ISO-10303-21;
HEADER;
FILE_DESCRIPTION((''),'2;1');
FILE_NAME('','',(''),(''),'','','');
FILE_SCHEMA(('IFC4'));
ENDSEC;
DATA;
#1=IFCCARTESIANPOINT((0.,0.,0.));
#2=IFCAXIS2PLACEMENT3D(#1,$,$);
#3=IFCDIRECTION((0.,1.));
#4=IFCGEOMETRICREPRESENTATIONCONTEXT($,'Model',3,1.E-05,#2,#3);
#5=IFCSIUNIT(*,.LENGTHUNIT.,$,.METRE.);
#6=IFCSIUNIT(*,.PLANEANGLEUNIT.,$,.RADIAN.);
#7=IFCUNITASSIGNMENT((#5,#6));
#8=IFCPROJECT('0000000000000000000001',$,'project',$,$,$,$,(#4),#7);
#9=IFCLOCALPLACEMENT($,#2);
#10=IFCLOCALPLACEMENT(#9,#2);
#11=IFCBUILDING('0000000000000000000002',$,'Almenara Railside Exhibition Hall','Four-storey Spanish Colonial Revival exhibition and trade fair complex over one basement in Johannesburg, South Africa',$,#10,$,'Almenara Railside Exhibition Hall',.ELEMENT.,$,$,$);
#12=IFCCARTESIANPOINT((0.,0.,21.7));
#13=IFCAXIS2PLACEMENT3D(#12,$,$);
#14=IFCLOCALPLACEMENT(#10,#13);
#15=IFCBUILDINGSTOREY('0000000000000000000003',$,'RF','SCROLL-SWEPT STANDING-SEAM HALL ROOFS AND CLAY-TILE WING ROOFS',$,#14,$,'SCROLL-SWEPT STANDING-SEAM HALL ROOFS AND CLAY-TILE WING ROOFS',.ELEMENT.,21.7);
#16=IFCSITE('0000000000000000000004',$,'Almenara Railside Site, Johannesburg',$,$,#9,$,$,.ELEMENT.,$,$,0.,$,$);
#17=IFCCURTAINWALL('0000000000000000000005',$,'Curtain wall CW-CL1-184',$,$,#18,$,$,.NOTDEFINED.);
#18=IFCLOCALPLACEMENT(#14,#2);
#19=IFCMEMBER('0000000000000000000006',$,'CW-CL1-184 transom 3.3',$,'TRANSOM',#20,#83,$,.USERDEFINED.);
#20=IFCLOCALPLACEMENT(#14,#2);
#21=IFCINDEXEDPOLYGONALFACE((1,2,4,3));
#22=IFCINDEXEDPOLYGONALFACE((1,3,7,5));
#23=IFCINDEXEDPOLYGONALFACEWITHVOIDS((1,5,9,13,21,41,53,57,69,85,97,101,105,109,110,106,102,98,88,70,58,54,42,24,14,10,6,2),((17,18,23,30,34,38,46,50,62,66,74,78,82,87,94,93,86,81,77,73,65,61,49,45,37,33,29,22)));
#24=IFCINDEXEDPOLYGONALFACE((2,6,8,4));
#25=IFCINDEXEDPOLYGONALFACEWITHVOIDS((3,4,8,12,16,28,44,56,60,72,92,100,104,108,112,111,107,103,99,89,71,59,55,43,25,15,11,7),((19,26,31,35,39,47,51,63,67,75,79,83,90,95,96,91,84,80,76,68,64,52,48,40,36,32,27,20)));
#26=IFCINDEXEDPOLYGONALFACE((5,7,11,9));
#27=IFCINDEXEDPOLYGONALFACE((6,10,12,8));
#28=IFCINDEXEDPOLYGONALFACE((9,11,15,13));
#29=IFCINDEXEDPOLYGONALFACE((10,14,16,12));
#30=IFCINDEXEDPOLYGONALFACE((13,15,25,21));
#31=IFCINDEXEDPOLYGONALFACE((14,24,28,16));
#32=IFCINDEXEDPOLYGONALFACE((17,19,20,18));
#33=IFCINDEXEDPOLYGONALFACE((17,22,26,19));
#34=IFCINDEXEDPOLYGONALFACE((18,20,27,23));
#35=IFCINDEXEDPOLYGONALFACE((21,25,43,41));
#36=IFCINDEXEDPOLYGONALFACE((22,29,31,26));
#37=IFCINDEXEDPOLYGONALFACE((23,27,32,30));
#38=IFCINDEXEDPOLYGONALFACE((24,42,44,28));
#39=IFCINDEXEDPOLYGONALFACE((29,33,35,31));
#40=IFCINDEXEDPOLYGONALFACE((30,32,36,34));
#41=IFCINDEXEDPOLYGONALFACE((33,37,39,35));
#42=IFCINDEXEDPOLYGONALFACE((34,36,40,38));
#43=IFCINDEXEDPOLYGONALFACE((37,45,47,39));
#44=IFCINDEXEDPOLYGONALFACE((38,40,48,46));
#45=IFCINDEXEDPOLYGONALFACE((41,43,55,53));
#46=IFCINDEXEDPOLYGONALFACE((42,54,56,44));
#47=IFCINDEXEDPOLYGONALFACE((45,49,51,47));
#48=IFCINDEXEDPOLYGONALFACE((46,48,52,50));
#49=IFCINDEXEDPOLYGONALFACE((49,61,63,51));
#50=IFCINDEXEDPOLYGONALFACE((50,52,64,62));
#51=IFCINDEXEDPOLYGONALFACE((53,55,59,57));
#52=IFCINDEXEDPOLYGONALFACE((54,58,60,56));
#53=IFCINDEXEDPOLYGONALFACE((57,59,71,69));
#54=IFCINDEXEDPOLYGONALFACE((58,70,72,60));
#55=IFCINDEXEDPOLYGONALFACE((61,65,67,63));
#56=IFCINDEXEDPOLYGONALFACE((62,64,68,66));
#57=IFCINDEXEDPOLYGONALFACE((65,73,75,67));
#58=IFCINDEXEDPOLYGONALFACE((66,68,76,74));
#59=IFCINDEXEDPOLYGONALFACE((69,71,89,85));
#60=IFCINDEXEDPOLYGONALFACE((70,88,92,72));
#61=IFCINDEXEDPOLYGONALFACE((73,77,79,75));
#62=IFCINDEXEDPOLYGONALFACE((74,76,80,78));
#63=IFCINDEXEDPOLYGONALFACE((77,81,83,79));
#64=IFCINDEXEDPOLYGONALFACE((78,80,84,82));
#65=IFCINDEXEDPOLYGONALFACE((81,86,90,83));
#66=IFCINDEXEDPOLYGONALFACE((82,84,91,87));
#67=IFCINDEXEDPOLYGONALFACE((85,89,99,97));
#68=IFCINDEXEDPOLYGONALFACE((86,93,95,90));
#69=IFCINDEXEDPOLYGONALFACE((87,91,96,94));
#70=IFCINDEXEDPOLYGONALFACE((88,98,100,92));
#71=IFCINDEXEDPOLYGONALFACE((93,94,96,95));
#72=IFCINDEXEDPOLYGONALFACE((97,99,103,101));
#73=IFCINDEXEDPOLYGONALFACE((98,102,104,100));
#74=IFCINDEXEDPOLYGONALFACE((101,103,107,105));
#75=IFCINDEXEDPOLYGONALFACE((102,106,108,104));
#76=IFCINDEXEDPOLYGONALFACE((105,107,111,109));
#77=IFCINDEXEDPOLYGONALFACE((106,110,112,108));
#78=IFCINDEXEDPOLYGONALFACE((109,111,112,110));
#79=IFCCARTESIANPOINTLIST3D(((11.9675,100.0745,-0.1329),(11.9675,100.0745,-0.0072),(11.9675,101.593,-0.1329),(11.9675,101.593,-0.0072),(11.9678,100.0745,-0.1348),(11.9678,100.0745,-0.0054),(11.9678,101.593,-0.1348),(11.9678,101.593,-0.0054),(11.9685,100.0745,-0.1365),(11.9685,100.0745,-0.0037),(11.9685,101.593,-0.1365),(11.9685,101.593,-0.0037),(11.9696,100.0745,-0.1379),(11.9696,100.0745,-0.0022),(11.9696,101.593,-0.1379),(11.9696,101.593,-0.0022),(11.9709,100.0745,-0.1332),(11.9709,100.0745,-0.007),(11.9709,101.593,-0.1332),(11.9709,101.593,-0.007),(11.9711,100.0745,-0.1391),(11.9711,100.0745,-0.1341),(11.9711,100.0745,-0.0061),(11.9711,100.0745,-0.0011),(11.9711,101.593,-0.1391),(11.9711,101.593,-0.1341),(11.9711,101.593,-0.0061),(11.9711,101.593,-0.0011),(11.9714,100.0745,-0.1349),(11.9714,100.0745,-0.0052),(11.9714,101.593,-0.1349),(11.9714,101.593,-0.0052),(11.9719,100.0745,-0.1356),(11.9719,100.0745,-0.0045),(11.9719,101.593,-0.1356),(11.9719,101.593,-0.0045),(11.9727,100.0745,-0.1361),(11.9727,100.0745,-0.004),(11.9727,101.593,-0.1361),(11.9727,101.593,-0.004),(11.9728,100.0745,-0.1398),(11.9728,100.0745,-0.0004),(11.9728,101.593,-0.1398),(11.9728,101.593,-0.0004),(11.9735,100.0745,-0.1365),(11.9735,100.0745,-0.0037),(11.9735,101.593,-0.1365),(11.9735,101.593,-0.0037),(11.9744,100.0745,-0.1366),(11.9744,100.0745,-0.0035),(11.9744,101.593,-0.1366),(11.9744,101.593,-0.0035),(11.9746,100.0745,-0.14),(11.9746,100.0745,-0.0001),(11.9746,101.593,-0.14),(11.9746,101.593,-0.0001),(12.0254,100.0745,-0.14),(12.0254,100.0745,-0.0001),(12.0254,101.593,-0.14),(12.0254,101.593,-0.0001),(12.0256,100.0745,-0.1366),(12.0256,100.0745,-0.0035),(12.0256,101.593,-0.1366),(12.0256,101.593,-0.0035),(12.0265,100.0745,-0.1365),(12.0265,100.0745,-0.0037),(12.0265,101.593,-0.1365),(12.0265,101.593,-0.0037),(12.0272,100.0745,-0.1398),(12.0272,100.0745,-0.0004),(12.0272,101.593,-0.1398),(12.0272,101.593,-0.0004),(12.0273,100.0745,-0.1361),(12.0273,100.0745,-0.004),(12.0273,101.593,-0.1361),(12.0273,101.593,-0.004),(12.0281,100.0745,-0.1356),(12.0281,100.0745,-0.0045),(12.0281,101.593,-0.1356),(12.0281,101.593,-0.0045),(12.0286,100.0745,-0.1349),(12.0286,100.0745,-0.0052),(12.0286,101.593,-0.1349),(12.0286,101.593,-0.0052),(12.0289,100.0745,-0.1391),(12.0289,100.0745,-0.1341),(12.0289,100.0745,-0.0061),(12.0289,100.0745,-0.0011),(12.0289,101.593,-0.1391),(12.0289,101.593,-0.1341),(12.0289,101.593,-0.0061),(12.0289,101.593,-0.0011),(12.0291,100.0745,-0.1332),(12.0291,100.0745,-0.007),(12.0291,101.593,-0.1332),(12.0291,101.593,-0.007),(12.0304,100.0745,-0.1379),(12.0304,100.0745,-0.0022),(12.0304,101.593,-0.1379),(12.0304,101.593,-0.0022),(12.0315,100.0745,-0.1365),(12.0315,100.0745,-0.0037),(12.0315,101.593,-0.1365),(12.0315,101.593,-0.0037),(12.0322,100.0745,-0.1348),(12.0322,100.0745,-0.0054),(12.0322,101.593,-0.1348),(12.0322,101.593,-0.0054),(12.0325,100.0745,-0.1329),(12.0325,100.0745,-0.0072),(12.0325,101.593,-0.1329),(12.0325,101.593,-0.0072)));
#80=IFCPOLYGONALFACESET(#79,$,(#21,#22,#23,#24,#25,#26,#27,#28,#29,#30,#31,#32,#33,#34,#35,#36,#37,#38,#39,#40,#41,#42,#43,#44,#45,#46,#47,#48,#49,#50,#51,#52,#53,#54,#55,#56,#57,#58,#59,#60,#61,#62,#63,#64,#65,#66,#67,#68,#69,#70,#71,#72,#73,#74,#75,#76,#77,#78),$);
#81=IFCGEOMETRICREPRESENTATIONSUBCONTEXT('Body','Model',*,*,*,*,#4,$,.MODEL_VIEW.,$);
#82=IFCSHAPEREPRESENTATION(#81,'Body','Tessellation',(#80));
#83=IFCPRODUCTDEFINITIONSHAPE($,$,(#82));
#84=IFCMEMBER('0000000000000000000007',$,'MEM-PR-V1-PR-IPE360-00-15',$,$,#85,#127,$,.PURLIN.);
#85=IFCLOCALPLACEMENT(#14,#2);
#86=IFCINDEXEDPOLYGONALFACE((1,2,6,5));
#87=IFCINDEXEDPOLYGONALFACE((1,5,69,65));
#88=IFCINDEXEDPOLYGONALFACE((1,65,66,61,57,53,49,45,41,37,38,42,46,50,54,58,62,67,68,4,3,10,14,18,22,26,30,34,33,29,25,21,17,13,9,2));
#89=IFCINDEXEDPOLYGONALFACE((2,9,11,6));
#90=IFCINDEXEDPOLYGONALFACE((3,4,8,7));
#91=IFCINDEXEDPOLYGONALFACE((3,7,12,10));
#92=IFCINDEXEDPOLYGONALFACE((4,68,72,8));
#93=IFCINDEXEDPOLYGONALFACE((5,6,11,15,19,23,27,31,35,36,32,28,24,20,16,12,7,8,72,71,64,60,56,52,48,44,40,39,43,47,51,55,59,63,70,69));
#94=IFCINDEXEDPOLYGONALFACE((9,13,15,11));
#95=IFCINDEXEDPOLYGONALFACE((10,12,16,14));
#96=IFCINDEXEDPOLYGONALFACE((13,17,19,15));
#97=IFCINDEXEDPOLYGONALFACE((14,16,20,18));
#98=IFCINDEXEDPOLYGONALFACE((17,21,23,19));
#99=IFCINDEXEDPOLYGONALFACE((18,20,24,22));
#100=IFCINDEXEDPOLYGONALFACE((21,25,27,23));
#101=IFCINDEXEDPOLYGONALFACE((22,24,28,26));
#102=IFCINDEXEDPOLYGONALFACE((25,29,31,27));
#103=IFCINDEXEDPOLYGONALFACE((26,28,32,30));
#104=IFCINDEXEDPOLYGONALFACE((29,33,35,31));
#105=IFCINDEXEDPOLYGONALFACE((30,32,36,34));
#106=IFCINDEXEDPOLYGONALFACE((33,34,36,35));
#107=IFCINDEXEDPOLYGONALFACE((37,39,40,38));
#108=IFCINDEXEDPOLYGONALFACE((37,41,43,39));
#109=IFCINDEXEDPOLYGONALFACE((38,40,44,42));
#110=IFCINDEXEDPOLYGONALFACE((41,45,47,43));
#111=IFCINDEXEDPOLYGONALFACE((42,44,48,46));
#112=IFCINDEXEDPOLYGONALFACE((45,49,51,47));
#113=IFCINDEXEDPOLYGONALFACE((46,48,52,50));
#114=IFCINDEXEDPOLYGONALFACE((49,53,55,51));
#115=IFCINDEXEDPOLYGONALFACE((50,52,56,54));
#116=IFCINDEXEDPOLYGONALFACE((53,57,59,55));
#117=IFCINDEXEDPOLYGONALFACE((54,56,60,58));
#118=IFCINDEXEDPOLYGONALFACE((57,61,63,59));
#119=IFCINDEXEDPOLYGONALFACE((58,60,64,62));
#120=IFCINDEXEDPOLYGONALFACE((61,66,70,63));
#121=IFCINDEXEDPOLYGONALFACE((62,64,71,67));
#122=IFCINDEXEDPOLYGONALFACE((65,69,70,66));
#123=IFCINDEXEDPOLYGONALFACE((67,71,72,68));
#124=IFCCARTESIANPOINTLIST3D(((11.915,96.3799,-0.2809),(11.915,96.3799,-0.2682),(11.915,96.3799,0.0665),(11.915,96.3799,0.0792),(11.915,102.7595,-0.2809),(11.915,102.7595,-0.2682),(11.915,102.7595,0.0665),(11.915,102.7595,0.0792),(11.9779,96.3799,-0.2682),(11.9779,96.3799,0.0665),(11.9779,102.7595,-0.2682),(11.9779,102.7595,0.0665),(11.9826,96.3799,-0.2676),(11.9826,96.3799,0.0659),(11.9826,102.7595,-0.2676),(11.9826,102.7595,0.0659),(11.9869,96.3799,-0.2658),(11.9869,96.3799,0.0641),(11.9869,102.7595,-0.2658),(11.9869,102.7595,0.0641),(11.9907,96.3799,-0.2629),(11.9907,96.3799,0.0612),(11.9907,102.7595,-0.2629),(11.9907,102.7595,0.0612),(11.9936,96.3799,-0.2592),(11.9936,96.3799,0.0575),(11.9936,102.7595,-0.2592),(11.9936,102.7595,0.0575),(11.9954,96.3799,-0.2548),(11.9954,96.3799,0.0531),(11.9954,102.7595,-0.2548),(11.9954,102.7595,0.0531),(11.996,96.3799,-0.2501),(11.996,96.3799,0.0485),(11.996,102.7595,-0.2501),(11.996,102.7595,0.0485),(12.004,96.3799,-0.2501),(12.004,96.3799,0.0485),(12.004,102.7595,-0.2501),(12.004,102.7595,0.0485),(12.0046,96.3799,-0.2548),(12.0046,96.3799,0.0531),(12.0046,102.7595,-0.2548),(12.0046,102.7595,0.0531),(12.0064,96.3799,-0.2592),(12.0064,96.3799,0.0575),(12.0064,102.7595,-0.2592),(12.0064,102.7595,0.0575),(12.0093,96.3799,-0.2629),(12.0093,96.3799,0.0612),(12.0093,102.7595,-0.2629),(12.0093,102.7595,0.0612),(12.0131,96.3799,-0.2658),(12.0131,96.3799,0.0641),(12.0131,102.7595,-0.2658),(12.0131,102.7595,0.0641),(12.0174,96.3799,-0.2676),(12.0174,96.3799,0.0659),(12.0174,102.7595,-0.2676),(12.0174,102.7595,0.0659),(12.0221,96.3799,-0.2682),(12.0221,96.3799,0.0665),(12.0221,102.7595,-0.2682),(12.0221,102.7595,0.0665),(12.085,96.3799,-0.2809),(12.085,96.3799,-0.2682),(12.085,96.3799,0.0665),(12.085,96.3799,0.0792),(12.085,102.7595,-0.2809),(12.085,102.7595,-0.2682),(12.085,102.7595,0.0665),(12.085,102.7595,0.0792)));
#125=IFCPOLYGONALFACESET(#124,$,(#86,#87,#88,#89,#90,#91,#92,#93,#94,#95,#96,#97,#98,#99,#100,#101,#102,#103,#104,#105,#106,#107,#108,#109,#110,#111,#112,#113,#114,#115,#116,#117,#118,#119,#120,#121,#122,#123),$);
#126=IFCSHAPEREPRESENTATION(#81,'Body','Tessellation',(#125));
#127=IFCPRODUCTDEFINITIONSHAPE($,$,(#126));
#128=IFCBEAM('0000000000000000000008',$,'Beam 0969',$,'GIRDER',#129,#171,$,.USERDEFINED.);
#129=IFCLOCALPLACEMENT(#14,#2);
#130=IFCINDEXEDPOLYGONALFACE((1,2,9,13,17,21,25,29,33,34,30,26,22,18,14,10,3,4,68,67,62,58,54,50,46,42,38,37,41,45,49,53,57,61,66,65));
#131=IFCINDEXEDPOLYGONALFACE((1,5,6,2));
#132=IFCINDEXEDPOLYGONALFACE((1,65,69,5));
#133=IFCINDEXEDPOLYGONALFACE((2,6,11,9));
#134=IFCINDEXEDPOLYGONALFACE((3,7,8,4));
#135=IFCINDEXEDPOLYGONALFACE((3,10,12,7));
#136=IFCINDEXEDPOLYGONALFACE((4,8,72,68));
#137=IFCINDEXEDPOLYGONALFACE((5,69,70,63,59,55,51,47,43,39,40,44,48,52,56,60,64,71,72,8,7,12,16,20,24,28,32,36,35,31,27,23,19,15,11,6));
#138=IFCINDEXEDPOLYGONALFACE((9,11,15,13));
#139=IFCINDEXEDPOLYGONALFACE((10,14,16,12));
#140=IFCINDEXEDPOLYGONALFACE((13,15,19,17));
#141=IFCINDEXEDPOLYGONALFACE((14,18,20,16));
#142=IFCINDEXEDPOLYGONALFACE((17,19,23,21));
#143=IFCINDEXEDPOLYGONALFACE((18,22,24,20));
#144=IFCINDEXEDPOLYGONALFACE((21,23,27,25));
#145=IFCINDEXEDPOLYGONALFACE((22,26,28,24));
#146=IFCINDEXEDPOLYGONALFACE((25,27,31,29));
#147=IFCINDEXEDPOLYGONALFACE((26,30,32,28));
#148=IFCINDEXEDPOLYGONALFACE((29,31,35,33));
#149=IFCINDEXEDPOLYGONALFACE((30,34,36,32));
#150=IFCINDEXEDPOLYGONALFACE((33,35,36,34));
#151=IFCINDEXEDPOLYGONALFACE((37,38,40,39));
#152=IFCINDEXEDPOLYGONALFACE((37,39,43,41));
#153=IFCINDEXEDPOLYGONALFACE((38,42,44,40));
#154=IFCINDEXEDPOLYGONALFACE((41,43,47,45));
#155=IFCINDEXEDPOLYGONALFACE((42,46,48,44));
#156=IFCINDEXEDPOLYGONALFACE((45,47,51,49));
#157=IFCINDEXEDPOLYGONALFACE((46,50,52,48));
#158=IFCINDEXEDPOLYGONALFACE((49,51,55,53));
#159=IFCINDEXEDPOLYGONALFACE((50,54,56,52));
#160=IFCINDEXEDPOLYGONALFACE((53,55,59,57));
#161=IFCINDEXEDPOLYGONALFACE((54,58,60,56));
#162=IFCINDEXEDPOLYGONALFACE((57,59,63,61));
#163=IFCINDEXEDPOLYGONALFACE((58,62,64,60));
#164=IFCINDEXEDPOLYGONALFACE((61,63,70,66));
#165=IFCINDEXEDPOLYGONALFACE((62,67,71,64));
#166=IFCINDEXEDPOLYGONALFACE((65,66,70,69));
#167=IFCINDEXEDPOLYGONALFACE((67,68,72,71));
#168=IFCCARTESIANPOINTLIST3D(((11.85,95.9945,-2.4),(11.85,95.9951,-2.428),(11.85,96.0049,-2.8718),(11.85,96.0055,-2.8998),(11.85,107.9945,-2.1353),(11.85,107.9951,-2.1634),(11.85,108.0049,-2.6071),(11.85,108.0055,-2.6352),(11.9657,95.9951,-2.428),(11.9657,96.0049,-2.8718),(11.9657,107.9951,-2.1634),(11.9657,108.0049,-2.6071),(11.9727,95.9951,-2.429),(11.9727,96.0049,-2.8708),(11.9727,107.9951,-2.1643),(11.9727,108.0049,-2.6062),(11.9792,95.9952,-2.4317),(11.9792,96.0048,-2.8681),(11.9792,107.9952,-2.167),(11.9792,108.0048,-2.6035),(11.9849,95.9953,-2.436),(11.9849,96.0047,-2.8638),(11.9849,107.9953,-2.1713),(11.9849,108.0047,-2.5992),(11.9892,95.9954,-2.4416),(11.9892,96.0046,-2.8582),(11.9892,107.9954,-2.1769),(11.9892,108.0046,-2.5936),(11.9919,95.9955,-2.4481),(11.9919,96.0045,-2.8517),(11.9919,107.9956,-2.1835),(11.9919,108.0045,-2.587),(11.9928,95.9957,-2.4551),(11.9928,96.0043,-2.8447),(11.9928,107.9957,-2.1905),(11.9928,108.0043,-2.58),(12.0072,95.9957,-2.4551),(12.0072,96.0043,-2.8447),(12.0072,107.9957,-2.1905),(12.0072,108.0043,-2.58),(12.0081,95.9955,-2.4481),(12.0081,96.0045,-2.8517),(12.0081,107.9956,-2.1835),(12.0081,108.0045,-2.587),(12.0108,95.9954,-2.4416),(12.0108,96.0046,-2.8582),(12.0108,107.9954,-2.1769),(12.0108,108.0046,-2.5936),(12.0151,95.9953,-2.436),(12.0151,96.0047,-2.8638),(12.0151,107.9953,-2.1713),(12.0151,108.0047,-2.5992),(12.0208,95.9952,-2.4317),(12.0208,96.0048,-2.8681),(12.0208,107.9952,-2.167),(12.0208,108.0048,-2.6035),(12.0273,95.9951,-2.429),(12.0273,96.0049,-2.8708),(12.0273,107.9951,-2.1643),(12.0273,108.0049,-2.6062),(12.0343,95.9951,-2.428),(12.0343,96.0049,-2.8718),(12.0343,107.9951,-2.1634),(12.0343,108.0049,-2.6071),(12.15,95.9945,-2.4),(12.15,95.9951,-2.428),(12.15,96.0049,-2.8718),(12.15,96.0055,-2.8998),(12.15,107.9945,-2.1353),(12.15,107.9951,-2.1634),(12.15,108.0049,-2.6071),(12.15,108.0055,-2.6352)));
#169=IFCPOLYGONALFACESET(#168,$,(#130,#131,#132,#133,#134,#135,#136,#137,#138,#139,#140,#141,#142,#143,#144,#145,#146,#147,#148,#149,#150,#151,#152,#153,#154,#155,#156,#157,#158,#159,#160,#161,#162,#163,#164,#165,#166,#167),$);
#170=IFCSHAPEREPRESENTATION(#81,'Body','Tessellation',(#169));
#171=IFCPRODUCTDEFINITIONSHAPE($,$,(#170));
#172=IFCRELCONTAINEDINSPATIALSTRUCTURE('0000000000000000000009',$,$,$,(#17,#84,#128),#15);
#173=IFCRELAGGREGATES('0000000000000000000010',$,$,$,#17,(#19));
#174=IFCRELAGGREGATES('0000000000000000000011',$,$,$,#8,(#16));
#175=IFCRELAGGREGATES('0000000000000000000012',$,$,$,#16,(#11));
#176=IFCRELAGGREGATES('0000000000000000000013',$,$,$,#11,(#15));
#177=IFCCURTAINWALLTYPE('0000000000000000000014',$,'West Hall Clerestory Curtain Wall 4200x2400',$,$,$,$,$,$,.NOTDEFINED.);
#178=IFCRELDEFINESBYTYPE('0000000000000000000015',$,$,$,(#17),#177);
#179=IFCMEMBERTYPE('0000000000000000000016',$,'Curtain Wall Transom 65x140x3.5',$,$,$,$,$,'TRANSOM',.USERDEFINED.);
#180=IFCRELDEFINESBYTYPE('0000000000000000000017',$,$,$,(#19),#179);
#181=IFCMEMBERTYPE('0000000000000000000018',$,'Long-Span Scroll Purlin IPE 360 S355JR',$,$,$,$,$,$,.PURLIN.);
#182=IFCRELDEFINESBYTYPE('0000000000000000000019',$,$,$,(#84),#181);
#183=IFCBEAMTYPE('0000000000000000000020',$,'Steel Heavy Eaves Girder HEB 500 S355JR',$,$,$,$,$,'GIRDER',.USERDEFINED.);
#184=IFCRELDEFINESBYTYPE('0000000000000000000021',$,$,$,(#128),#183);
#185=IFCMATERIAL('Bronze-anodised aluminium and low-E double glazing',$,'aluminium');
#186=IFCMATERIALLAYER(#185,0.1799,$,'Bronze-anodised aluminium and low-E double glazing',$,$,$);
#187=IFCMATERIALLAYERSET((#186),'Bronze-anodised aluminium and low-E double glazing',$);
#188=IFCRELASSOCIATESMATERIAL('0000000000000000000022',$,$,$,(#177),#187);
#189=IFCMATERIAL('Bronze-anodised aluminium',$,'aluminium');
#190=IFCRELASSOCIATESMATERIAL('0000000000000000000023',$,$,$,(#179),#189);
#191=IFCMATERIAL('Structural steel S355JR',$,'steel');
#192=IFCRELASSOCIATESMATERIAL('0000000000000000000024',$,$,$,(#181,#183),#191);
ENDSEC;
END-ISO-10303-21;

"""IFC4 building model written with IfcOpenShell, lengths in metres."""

from ifc_helpers import new_model, si_unit, direction, frame, origin, origin_2d, place, context, subcontext, project, spatial, hollow_rectangle, i_section, extrude, material, layer, layer_set, material_profile, profile_set, type_object, element, aggregate, save


model = new_model("IFC4")

# Units and contexts
model_context = context("Model", 3, precision=1e-05, world=origin(), true_north=direction((0.0, 1.0)))
body_context = subcontext(model_context, "Body", "Model", "MODEL_VIEW")
ifc_project = project(units=[si_unit("LENGTHUNIT", "METRE"), si_unit("PLANEANGLEUNIT", "RADIAN")], contexts=[model_context])

# Site, building, storey
site_placement = place(None, origin())
site = spatial("IfcSite", under=ifc_project, at=site_placement, Name="Almenara Railside Site, Johannesburg", CompositionType="ELEMENT", RefElevation=0.0)
building_placement = place(site_placement, origin())
building = spatial("IfcBuilding", under=site, at=building_placement, Name="Almenara Railside Exhibition Hall", Description="Four-storey Spanish Colonial Revival exhibition and trade fair complex over one basement in Johannesburg, South Africa", LongName="Almenara Railside Exhibition Hall", CompositionType="ELEMENT")
storey_placement = place(building_placement, frame((0.0, 0.0, 21.7)))
storey = spatial("IfcBuildingStorey", under=building, at=storey_placement, Name="RF", Description="SCROLL-SWEPT STANDING-SEAM HALL ROOFS AND CLAY-TILE WING ROOFS", LongName="SCROLL-SWEPT STANDING-SEAM HALL ROOFS AND CLAY-TILE WING ROOFS", CompositionType="ELEMENT", Elevation=21.7)

# Shared definitions
ifc_material_1 = material(Name="Structural steel S355JR", Category="steel")

# Shared definitions
ifc_material_2 = material(Name="Bronze-anodised aluminium and low-E double glazing", Category="aluminium")
ifc_layer_1 = layer(ifc_material_2, 0.1799, Name="Bronze-anodised aluminium and low-E double glazing")
ifc_layer_set_1 = layer_set([ifc_layer_1], Name="Bronze-anodised aluminium and low-E double glazing")
curtain_wall_type = type_object("IfcCurtainWallType", Name="West Hall Clerestory Curtain Wall 4200x2400", PredefinedType="NOTDEFINED", material=ifc_layer_set_1)
ifc_material_3 = material(Name="Bronze-anodised aluminium", Category="aluminium")

# Curtain wall, member
curtain_wall_1_placement = place(storey_placement, origin())
curtain_wall_1 = element("IfcCurtainWall", 1, at=curtain_wall_1_placement, inside=storey, type_object=curtain_wall_type, Name="Curtain wall CW-CL1-184", PredefinedType="NOTDEFINED")
ifc_material_profile_1 = material_profile(ifc_material_3, hollow_rectangle(XDim=0.0649, YDim=0.1399, WallThickness=0.0034, InnerFilletRadius=0.0034, OuterFilletRadius=0.0071, at=origin_2d()), Name="ALU-TRN 65x140x3.5")
ifc_profile_set_1 = profile_set([ifc_material_profile_1], Name="Bronze-anodised aluminium")
member_type_1 = type_object("IfcMemberType", Name="Curtain Wall Transom 65x140x3.5", ElementType="TRANSOM", PredefinedType="USERDEFINED", material=ifc_profile_set_1)
member_1_placement = place(storey_placement, frame((12.0, 100.0745, -0.0701), z_axis=(0.0, 1.0, 0.0), x_axis=(-1.0, 0.0, 0.0)))
member_1 = element("IfcMember", 2, at=member_1_placement, type_object=member_type_1, Name="CW-CL1-184 transom 3.3", ObjectType="TRANSOM", PredefinedType="USERDEFINED", context=body_context, shape_type="SweptSolid", body=[
    extrude(hollow_rectangle(XDim=0.0649, YDim=0.1399, WallThickness=0.0034, InnerFilletRadius=0.0034, OuterFilletRadius=0.0071, at=origin_2d()), origin(), (0.0, 0.0, 1.0), 1.5186),
])

# Member
ifc_material_profile_2 = material_profile(ifc_material_1, i_section(OverallWidth=0.1699, OverallDepth=0.3601, WebThickness=0.0081, FlangeThickness=0.0127, FilletRadius=0.0181, at=origin_2d()), Name="IPE 360")
ifc_profile_set_2 = profile_set([ifc_material_profile_2], Name="Structural steel S355JR")
member_type_2 = type_object("IfcMemberType", Name="Long-Span Scroll Purlin IPE 360 S355JR", PredefinedType="PURLIN", material=ifc_profile_set_2)
member_2_placement = place(storey_placement, frame((12.0, 96.3799, -0.1008), z_axis=(0.0, 1.0, 0.0), x_axis=(-1.0, 0.0, 0.0)))
element("IfcMember", 3, at=member_2_placement, inside=storey, type_object=member_type_2, Name="MEM-PR-V1-PR-IPE360-00-15", PredefinedType="PURLIN", context=body_context, shape_type="SweptSolid", body=[
    extrude(i_section(OverallWidth=0.1699, OverallDepth=0.3601, WebThickness=0.0081, FlangeThickness=0.0127, FilletRadius=0.0181, at=origin_2d()), origin(), (0.0, 0.0, 1.0), 6.3796),
])

# Beam
ifc_material_profile_3 = material_profile(ifc_material_1, i_section(OverallWidth=0.3, OverallDepth=0.5, WebThickness=0.0144, FlangeThickness=0.0281, FilletRadius=0.0271, at=origin_2d()), Name="HEB 500")
ifc_profile_set_3 = profile_set([ifc_material_profile_3], Name="Structural steel S355JR")
beam_type = type_object("IfcBeamType", Name="Steel Heavy Eaves Girder HEB 500 S355JR", ElementType="GIRDER", PredefinedType="USERDEFINED", material=ifc_profile_set_3)
beam_placement = place(storey_placement, frame((12.0, 96.0, -2.6499), z_axis=(0.0, 0.999757, 0.022049), x_axis=(-1.0, 0.0, 0.0)))
element("IfcBeam", 4, at=beam_placement, inside=storey, type_object=beam_type, Name="Beam 0969", ObjectType="GIRDER", PredefinedType="USERDEFINED", context=body_context, shape_type="SweptSolid", body=[
    extrude(i_section(OverallWidth=0.3, OverallDepth=0.5, WebThickness=0.0144, FlangeThickness=0.0281, FilletRadius=0.0271, at=origin_2d()), origin(), (0.0, 0.0, 1.0), 12.0029),
])

aggregate(curtain_wall_1, [member_1])

save(model, "model.ifc")
